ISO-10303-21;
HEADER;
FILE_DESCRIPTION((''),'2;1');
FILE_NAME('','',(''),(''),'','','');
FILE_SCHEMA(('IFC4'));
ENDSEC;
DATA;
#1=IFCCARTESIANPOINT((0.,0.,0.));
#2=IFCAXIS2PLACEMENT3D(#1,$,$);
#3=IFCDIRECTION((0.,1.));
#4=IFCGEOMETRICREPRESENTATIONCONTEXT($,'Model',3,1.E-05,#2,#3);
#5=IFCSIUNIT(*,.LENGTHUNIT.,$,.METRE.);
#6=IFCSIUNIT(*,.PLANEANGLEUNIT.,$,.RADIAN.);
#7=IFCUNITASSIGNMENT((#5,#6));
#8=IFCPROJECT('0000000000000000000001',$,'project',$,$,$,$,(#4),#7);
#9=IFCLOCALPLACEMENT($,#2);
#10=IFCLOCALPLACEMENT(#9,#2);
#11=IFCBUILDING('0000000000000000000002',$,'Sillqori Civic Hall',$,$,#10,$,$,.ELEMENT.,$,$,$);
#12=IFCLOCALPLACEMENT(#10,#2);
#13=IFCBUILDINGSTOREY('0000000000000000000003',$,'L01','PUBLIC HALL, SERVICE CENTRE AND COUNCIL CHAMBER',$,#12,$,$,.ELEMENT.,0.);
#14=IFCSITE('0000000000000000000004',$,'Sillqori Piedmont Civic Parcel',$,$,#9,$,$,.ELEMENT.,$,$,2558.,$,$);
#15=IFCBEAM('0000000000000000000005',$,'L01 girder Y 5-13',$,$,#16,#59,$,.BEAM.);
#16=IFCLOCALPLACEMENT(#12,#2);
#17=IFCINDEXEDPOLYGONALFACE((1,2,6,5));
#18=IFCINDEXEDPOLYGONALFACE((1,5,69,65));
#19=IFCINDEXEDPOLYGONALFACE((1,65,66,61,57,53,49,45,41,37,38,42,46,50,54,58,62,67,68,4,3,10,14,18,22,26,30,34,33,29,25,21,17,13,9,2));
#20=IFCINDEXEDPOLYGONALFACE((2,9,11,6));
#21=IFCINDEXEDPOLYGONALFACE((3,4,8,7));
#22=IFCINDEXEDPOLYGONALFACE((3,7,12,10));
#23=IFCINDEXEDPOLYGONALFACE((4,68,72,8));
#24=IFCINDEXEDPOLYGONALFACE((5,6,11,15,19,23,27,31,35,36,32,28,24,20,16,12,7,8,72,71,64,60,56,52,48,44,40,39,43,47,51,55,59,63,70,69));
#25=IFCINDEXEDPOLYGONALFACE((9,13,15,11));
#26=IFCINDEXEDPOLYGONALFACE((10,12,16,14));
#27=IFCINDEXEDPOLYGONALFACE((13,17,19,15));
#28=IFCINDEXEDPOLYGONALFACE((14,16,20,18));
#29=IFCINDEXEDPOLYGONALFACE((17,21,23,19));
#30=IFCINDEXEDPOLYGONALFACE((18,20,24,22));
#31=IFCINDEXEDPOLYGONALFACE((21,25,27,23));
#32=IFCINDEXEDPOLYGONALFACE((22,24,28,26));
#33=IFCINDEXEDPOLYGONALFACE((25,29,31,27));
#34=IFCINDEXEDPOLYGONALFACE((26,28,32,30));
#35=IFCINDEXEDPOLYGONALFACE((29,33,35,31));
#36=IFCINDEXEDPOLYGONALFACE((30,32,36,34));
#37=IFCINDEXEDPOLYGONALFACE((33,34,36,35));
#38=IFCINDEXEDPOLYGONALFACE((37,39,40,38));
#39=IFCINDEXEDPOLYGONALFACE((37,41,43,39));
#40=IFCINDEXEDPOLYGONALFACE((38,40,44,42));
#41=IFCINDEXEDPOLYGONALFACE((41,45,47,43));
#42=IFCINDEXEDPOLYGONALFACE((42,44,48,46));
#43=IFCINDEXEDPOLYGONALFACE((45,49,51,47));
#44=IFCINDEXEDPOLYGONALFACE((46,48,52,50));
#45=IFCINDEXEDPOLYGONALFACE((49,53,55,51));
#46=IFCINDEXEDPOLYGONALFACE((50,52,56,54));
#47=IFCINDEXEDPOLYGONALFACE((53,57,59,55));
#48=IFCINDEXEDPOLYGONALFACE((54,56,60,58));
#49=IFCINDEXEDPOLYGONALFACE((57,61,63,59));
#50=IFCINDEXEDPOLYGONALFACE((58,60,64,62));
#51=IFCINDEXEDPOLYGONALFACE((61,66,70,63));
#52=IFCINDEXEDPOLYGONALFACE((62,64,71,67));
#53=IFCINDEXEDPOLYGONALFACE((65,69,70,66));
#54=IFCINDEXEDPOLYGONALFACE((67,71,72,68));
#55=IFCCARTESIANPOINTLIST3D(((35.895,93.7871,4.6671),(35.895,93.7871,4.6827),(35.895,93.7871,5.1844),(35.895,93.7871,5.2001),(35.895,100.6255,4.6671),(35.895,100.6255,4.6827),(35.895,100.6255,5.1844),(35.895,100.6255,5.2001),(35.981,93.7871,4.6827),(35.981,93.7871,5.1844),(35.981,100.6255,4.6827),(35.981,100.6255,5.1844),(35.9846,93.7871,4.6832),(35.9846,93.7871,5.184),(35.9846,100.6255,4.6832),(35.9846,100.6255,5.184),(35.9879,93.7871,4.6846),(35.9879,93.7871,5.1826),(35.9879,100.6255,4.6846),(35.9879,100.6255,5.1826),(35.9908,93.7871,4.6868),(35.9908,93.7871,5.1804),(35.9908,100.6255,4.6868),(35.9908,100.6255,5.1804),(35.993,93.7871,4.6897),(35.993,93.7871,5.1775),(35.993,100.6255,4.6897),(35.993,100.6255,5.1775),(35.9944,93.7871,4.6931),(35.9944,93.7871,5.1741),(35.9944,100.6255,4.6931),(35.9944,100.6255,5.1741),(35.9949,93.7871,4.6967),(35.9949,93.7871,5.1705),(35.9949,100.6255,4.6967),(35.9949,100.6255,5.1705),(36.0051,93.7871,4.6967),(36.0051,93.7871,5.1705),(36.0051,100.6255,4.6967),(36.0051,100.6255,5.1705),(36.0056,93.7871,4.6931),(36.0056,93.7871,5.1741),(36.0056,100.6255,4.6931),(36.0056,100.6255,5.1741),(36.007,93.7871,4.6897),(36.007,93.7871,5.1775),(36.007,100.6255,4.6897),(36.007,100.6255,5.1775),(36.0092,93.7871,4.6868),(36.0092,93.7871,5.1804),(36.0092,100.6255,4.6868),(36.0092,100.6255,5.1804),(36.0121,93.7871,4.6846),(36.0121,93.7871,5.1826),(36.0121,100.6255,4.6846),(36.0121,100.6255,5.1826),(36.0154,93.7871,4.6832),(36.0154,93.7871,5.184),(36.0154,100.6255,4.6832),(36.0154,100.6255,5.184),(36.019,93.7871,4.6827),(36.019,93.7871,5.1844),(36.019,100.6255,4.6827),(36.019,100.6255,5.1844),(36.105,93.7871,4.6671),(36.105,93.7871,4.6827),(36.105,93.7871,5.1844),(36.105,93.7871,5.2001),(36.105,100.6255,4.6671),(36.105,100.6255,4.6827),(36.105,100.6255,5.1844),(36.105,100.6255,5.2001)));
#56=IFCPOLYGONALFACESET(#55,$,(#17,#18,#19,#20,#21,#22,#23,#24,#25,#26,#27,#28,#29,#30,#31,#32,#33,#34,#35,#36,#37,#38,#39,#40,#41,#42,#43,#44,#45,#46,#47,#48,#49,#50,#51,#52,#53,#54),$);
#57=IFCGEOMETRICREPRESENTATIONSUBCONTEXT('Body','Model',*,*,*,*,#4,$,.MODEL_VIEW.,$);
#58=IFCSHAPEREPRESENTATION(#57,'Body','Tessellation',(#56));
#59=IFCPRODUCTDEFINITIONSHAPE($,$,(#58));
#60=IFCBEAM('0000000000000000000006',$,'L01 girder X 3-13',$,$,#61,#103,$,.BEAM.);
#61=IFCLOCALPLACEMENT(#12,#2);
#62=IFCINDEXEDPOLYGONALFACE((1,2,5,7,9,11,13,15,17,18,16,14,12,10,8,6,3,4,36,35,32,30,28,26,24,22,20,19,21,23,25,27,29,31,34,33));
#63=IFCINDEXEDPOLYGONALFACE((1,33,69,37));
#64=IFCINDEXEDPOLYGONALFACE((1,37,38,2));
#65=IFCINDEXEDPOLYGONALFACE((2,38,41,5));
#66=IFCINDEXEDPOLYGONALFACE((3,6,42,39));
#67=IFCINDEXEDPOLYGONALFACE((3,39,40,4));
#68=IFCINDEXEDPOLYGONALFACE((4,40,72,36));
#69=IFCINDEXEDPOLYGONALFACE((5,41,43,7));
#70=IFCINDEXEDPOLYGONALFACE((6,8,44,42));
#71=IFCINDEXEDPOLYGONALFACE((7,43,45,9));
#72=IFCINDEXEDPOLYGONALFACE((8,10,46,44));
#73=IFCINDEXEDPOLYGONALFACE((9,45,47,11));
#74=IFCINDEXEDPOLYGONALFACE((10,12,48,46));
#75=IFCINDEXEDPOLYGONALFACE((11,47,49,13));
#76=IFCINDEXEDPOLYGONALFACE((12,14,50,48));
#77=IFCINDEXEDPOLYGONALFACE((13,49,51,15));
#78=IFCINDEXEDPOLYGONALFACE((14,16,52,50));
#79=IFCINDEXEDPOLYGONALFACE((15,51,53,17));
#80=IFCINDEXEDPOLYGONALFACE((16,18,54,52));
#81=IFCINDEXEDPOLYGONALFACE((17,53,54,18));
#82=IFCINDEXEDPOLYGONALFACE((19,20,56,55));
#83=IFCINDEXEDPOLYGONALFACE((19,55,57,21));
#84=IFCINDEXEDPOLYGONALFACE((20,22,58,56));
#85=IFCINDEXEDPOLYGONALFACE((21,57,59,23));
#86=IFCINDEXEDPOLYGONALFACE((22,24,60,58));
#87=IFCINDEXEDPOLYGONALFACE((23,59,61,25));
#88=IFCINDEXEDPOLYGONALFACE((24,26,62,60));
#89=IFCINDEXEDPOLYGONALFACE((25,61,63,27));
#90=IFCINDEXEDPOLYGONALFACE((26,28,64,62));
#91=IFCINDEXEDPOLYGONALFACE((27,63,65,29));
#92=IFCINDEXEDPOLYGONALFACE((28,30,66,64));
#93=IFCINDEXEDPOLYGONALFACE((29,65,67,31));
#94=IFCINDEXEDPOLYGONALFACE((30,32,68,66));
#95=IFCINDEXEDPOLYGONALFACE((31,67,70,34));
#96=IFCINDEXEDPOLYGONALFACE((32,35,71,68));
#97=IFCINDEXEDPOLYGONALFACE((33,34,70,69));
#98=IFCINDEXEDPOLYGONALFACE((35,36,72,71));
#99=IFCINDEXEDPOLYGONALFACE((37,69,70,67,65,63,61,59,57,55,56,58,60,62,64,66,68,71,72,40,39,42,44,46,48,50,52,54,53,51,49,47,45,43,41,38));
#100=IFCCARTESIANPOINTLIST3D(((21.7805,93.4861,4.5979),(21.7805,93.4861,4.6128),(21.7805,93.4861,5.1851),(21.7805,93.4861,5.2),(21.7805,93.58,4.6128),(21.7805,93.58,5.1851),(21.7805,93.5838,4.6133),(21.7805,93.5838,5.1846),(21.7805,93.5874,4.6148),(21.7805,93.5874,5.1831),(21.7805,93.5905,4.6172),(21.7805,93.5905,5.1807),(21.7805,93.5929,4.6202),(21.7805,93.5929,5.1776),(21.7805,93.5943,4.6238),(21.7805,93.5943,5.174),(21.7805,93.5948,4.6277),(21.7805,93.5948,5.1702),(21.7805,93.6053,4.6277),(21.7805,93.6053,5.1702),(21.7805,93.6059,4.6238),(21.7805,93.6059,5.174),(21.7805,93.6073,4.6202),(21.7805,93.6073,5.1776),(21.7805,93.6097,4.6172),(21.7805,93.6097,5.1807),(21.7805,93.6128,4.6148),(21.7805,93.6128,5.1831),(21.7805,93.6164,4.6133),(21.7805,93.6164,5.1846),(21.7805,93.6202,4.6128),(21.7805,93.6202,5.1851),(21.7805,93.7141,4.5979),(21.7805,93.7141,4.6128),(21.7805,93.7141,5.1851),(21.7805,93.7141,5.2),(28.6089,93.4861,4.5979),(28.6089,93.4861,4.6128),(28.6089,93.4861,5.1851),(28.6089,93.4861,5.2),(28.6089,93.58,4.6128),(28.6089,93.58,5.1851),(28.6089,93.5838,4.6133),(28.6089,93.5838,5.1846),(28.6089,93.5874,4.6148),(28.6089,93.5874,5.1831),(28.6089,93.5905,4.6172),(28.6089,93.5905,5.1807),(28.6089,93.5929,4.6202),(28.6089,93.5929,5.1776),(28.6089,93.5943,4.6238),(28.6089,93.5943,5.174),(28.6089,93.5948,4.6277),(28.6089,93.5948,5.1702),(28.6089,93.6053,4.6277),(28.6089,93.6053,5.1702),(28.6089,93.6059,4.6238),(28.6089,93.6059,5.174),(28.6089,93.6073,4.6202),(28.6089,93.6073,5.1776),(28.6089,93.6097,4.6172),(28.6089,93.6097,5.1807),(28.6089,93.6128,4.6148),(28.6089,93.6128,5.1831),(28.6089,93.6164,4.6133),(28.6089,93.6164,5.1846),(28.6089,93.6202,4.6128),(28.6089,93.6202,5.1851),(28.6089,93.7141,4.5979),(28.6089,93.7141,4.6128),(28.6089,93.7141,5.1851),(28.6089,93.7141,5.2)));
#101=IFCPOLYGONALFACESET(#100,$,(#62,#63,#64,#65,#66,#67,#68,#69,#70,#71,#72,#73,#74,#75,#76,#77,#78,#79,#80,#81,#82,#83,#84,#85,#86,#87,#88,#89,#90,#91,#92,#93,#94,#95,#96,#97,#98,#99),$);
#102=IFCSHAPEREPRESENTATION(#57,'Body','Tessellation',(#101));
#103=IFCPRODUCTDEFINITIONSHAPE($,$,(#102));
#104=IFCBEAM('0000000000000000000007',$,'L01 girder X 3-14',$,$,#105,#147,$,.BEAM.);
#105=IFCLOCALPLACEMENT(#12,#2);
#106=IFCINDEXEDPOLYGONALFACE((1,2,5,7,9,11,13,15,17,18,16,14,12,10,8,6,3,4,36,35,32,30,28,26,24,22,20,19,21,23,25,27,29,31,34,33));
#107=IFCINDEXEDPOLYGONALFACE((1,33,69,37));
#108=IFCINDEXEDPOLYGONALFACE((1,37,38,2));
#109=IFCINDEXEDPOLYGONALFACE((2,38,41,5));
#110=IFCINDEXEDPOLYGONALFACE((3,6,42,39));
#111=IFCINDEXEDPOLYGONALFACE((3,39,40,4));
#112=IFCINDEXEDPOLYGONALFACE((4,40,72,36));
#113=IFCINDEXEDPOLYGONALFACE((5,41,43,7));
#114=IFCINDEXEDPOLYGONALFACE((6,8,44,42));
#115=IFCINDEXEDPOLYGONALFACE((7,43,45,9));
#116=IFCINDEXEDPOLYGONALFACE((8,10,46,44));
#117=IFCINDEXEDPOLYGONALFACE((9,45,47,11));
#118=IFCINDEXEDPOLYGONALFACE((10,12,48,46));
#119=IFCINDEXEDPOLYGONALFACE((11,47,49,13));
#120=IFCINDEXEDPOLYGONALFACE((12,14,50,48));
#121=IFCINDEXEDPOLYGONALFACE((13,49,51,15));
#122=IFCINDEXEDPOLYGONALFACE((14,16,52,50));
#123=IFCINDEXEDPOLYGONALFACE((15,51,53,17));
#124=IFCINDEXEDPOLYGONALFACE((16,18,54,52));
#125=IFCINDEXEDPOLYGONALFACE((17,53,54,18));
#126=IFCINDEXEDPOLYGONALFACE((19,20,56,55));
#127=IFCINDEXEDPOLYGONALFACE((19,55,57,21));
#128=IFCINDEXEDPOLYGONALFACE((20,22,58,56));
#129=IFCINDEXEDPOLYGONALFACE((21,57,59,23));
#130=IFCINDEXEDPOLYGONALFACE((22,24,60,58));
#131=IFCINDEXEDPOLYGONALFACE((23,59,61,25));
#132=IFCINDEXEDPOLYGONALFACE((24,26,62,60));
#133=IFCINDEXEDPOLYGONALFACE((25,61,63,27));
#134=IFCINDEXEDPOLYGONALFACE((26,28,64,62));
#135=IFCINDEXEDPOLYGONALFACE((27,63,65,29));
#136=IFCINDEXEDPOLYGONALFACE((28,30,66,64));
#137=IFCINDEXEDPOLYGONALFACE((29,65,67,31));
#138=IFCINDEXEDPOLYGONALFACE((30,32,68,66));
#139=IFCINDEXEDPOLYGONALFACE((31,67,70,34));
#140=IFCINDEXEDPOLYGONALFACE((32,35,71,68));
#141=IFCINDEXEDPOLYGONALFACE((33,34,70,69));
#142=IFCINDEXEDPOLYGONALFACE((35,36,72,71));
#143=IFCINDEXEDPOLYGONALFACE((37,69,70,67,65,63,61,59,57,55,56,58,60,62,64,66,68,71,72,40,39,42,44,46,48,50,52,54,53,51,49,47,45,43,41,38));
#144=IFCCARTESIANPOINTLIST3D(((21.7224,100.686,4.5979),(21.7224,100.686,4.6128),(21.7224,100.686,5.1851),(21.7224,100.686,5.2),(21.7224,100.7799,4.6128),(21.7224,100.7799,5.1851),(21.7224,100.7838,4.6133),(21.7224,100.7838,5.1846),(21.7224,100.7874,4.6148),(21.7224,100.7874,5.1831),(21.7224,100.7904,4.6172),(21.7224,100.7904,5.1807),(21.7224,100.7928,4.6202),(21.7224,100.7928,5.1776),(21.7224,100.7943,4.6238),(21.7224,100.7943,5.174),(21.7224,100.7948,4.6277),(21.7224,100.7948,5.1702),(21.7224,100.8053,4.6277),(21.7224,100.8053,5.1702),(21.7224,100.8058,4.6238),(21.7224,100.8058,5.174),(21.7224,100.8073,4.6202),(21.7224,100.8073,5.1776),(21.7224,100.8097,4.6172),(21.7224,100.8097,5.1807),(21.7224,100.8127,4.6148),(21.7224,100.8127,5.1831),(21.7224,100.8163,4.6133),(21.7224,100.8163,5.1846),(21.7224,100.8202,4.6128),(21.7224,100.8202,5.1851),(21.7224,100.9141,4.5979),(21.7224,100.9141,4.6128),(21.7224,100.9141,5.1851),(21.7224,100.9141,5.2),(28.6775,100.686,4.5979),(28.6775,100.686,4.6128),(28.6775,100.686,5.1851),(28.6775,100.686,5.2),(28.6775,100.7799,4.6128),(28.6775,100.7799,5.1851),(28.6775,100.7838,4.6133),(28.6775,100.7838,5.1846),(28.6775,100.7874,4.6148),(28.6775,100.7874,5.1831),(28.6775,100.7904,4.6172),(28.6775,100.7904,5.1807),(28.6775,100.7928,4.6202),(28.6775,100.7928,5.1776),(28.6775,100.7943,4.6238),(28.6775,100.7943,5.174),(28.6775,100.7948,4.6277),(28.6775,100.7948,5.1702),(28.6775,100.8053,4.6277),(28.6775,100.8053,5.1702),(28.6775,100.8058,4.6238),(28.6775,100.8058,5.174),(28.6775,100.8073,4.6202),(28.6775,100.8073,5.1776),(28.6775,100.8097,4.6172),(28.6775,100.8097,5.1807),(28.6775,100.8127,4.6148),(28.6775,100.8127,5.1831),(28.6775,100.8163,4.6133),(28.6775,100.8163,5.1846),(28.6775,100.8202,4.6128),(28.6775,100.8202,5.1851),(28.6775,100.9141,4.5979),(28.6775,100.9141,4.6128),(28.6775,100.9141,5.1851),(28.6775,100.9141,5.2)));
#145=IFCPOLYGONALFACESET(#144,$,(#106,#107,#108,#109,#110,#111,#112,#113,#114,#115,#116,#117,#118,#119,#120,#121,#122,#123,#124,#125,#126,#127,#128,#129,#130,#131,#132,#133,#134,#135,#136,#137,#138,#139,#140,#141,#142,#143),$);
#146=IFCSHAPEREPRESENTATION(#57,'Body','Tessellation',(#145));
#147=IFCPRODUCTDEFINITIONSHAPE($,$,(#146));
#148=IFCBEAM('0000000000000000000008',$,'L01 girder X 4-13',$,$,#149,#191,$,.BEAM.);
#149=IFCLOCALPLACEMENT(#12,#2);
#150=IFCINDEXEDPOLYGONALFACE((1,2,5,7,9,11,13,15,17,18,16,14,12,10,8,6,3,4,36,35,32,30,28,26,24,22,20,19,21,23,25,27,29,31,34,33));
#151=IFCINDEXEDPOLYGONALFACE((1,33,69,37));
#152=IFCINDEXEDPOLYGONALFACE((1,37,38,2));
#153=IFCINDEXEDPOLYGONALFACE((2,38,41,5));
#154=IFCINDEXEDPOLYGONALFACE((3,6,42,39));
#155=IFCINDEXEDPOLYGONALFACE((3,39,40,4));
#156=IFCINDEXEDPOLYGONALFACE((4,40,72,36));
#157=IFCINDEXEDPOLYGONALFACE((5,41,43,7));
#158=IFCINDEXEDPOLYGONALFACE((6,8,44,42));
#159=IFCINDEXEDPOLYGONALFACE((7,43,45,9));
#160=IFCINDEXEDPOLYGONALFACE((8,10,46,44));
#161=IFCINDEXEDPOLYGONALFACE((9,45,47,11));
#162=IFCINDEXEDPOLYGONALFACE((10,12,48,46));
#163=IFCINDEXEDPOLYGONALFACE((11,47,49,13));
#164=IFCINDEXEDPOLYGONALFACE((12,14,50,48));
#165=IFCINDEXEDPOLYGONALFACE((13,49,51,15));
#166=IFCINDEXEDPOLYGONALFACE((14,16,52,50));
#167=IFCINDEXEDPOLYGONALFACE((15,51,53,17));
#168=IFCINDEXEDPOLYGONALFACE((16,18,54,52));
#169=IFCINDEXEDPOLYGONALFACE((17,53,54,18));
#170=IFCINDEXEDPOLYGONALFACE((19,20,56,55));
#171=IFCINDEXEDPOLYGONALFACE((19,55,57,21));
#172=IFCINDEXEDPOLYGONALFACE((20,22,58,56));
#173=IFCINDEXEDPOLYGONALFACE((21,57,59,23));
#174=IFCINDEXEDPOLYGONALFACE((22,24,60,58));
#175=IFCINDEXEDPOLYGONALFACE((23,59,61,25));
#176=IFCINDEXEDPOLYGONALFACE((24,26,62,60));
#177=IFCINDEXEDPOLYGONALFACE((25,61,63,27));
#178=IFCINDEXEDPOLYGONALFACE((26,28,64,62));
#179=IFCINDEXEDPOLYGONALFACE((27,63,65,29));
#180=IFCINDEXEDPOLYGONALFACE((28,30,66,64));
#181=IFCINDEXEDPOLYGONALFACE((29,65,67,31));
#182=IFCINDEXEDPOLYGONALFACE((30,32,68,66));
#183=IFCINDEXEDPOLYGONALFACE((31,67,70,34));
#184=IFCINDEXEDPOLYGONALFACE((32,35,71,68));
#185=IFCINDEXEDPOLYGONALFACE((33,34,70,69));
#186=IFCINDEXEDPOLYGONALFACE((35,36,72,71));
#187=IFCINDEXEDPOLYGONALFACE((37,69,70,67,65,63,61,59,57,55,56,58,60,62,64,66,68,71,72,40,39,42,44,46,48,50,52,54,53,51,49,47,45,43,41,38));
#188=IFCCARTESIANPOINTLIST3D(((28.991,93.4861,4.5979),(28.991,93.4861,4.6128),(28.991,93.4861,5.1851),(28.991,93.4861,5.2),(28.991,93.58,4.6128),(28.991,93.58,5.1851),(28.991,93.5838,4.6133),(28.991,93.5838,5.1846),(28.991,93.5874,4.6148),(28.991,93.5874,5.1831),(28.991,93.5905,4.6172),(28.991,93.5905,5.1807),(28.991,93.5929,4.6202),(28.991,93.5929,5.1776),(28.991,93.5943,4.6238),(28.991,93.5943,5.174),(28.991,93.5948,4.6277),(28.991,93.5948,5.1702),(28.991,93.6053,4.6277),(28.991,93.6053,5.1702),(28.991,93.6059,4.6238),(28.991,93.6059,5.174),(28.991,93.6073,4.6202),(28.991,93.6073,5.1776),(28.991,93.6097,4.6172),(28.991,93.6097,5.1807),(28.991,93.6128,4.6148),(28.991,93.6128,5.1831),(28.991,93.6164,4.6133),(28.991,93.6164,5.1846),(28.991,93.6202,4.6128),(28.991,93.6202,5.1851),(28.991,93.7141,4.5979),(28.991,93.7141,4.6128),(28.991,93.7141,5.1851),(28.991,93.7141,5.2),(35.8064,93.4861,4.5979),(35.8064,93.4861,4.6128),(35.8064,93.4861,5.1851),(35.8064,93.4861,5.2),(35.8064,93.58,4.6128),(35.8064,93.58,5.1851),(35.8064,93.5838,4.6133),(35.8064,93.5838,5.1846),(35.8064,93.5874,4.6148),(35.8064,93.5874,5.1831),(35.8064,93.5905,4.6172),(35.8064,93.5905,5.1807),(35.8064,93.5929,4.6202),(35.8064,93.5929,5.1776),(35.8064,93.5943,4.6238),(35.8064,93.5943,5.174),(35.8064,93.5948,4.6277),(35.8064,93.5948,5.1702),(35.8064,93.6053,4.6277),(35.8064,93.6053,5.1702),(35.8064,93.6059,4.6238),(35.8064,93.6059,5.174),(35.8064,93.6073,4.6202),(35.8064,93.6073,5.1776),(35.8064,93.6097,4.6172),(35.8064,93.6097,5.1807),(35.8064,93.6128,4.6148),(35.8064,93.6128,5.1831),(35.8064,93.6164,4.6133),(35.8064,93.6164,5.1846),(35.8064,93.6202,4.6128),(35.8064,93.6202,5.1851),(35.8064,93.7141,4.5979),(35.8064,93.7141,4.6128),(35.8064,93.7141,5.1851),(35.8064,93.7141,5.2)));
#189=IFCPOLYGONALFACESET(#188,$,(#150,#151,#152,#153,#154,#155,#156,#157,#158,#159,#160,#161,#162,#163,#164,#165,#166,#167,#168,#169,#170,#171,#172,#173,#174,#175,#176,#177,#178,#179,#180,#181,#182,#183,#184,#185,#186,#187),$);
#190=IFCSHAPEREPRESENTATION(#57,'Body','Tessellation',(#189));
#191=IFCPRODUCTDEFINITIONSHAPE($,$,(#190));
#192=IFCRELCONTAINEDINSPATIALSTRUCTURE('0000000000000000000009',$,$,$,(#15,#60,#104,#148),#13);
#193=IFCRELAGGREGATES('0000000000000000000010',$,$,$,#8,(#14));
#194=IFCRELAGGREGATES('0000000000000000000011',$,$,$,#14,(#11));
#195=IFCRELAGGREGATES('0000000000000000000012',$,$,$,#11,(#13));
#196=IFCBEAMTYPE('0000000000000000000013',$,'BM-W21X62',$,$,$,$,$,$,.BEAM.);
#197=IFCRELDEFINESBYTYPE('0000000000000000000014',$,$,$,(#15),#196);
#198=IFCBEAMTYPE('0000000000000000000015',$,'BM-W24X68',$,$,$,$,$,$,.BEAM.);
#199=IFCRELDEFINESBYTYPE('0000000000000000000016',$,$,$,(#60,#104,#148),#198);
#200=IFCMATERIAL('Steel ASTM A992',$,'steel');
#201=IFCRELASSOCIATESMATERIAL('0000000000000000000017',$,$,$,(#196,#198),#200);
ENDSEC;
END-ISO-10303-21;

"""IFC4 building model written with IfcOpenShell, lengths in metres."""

from ifc_helpers import new_model, si_unit, direction, frame, origin, origin_2d, place, context, subcontext, project, spatial, i_section, extrude, material, material_profile, profile_set, type_object, element, save


model = new_model("IFC4")

# Units and contexts
model_context = context("Model", 3, precision=1e-05, world=origin(), true_north=direction((0.0, 1.0)))
body_context = subcontext(model_context, "Body", "Model", "MODEL_VIEW")
ifc_project = project(units=[si_unit("LENGTHUNIT", "METRE"), si_unit("PLANEANGLEUNIT", "RADIAN")], contexts=[model_context])

# Site, building, storey
site_placement = place(None, origin())
site = spatial("IfcSite", under=ifc_project, at=site_placement, Name="Sillqori Piedmont Civic Parcel", CompositionType="ELEMENT", RefElevation=2558.0)
building_placement = place(site_placement, origin())
building = spatial("IfcBuilding", under=site, at=building_placement, Name="Sillqori Civic Hall", CompositionType="ELEMENT")
storey_placement = place(building_placement, origin())
storey = spatial("IfcBuildingStorey", under=building, at=storey_placement, Name="L01", Description="PUBLIC HALL, SERVICE CENTRE AND COUNCIL CHAMBER", CompositionType="ELEMENT", Elevation=0.0)

# Shared definitions
ifc_material_1 = material(Name="Steel ASTM A992", Category="steel")

# Beams
ifc_material_profile_1 = material_profile(ifc_material_1, i_section(OverallWidth=0.21, OverallDepth=0.533, WebThickness=0.0103, FlangeThickness=0.0156, FilletRadius=0.0139, at=origin_2d()), Name="W21X62")
ifc_profile_set_1 = profile_set([ifc_material_profile_1], Name="Steel ASTM A992")
beam_type_1 = type_object("IfcBeamType", Name="BM-W21X62", PredefinedType="BEAM", material=ifc_profile_set_1)
beam_1_placement = place(storey_placement, frame((36.0, 93.7871, 4.9336), z_axis=(0.0, 1.0, 0.0), x_axis=(-1.0, 0.0, 0.0)))
element("IfcBeam", 1, at=beam_1_placement, inside=storey, type_object=beam_type_1, Name="L01 girder Y 5-13", PredefinedType="BEAM", context=body_context, shape_type="SweptSolid", body=[
    extrude(i_section(OverallWidth=0.21, OverallDepth=0.533, WebThickness=0.0103, FlangeThickness=0.0156, FilletRadius=0.0139, at=origin_2d()), origin(), (0.0, 0.0, 1.0), 6.8384),
])
ifc_material_profile_2 = material_profile(ifc_material_1, i_section(OverallWidth=0.228, OverallDepth=0.6021, WebThickness=0.0105, FlangeThickness=0.0149, FilletRadius=0.0149, at=origin_2d()), Name="W24X68")
ifc_profile_set_2 = profile_set([ifc_material_profile_2], Name="Steel ASTM A992")
beam_type_2 = type_object("IfcBeamType", Name="BM-W24X68", PredefinedType="BEAM", material=ifc_profile_set_2)
beam_2_placement = place(storey_placement, frame((21.7805, 93.6001, 4.8989), z_axis=(1.0, 0.0, 0.0), x_axis=(0.0, 1.0, 0.0)))
element("IfcBeam", 2, at=beam_2_placement, inside=storey, type_object=beam_type_2, Name="L01 girder X 3-13", PredefinedType="BEAM", context=body_context, shape_type="SweptSolid", body=[
    extrude(i_section(OverallWidth=0.228, OverallDepth=0.6021, WebThickness=0.0105, FlangeThickness=0.0149, FilletRadius=0.0149, at=origin_2d()), origin(), (0.0, 0.0, 1.0), 6.8284),
])
beam_3_placement = place(storey_placement, frame((21.7224, 100.8, 4.8989), z_axis=(1.0, 0.0, 0.0), x_axis=(0.0, 1.0, 0.0)))
element("IfcBeam", 3, at=beam_3_placement, inside=storey, type_object=beam_type_2, Name="L01 girder X 3-14", PredefinedType="BEAM", context=body_context, shape_type="SweptSolid", body=[
    extrude(i_section(OverallWidth=0.228, OverallDepth=0.6021, WebThickness=0.0105, FlangeThickness=0.0149, FilletRadius=0.0149, at=origin_2d()), origin(), (0.0, 0.0, 1.0), 6.9551),
])
beam_4_placement = place(storey_placement, frame((28.991, 93.6001, 4.8989), z_axis=(1.0, 0.0, 0.0), x_axis=(0.0, 1.0, 0.0)))
element("IfcBeam", 4, at=beam_4_placement, inside=storey, type_object=beam_type_2, Name="L01 girder X 4-13", PredefinedType="BEAM", context=body_context, shape_type="SweptSolid", body=[
    extrude(i_section(OverallWidth=0.228, OverallDepth=0.6021, WebThickness=0.0105, FlangeThickness=0.0149, FilletRadius=0.0149, at=origin_2d()), origin(), (0.0, 0.0, 1.0), 6.8154),
])

save(model, "model.ifc")
